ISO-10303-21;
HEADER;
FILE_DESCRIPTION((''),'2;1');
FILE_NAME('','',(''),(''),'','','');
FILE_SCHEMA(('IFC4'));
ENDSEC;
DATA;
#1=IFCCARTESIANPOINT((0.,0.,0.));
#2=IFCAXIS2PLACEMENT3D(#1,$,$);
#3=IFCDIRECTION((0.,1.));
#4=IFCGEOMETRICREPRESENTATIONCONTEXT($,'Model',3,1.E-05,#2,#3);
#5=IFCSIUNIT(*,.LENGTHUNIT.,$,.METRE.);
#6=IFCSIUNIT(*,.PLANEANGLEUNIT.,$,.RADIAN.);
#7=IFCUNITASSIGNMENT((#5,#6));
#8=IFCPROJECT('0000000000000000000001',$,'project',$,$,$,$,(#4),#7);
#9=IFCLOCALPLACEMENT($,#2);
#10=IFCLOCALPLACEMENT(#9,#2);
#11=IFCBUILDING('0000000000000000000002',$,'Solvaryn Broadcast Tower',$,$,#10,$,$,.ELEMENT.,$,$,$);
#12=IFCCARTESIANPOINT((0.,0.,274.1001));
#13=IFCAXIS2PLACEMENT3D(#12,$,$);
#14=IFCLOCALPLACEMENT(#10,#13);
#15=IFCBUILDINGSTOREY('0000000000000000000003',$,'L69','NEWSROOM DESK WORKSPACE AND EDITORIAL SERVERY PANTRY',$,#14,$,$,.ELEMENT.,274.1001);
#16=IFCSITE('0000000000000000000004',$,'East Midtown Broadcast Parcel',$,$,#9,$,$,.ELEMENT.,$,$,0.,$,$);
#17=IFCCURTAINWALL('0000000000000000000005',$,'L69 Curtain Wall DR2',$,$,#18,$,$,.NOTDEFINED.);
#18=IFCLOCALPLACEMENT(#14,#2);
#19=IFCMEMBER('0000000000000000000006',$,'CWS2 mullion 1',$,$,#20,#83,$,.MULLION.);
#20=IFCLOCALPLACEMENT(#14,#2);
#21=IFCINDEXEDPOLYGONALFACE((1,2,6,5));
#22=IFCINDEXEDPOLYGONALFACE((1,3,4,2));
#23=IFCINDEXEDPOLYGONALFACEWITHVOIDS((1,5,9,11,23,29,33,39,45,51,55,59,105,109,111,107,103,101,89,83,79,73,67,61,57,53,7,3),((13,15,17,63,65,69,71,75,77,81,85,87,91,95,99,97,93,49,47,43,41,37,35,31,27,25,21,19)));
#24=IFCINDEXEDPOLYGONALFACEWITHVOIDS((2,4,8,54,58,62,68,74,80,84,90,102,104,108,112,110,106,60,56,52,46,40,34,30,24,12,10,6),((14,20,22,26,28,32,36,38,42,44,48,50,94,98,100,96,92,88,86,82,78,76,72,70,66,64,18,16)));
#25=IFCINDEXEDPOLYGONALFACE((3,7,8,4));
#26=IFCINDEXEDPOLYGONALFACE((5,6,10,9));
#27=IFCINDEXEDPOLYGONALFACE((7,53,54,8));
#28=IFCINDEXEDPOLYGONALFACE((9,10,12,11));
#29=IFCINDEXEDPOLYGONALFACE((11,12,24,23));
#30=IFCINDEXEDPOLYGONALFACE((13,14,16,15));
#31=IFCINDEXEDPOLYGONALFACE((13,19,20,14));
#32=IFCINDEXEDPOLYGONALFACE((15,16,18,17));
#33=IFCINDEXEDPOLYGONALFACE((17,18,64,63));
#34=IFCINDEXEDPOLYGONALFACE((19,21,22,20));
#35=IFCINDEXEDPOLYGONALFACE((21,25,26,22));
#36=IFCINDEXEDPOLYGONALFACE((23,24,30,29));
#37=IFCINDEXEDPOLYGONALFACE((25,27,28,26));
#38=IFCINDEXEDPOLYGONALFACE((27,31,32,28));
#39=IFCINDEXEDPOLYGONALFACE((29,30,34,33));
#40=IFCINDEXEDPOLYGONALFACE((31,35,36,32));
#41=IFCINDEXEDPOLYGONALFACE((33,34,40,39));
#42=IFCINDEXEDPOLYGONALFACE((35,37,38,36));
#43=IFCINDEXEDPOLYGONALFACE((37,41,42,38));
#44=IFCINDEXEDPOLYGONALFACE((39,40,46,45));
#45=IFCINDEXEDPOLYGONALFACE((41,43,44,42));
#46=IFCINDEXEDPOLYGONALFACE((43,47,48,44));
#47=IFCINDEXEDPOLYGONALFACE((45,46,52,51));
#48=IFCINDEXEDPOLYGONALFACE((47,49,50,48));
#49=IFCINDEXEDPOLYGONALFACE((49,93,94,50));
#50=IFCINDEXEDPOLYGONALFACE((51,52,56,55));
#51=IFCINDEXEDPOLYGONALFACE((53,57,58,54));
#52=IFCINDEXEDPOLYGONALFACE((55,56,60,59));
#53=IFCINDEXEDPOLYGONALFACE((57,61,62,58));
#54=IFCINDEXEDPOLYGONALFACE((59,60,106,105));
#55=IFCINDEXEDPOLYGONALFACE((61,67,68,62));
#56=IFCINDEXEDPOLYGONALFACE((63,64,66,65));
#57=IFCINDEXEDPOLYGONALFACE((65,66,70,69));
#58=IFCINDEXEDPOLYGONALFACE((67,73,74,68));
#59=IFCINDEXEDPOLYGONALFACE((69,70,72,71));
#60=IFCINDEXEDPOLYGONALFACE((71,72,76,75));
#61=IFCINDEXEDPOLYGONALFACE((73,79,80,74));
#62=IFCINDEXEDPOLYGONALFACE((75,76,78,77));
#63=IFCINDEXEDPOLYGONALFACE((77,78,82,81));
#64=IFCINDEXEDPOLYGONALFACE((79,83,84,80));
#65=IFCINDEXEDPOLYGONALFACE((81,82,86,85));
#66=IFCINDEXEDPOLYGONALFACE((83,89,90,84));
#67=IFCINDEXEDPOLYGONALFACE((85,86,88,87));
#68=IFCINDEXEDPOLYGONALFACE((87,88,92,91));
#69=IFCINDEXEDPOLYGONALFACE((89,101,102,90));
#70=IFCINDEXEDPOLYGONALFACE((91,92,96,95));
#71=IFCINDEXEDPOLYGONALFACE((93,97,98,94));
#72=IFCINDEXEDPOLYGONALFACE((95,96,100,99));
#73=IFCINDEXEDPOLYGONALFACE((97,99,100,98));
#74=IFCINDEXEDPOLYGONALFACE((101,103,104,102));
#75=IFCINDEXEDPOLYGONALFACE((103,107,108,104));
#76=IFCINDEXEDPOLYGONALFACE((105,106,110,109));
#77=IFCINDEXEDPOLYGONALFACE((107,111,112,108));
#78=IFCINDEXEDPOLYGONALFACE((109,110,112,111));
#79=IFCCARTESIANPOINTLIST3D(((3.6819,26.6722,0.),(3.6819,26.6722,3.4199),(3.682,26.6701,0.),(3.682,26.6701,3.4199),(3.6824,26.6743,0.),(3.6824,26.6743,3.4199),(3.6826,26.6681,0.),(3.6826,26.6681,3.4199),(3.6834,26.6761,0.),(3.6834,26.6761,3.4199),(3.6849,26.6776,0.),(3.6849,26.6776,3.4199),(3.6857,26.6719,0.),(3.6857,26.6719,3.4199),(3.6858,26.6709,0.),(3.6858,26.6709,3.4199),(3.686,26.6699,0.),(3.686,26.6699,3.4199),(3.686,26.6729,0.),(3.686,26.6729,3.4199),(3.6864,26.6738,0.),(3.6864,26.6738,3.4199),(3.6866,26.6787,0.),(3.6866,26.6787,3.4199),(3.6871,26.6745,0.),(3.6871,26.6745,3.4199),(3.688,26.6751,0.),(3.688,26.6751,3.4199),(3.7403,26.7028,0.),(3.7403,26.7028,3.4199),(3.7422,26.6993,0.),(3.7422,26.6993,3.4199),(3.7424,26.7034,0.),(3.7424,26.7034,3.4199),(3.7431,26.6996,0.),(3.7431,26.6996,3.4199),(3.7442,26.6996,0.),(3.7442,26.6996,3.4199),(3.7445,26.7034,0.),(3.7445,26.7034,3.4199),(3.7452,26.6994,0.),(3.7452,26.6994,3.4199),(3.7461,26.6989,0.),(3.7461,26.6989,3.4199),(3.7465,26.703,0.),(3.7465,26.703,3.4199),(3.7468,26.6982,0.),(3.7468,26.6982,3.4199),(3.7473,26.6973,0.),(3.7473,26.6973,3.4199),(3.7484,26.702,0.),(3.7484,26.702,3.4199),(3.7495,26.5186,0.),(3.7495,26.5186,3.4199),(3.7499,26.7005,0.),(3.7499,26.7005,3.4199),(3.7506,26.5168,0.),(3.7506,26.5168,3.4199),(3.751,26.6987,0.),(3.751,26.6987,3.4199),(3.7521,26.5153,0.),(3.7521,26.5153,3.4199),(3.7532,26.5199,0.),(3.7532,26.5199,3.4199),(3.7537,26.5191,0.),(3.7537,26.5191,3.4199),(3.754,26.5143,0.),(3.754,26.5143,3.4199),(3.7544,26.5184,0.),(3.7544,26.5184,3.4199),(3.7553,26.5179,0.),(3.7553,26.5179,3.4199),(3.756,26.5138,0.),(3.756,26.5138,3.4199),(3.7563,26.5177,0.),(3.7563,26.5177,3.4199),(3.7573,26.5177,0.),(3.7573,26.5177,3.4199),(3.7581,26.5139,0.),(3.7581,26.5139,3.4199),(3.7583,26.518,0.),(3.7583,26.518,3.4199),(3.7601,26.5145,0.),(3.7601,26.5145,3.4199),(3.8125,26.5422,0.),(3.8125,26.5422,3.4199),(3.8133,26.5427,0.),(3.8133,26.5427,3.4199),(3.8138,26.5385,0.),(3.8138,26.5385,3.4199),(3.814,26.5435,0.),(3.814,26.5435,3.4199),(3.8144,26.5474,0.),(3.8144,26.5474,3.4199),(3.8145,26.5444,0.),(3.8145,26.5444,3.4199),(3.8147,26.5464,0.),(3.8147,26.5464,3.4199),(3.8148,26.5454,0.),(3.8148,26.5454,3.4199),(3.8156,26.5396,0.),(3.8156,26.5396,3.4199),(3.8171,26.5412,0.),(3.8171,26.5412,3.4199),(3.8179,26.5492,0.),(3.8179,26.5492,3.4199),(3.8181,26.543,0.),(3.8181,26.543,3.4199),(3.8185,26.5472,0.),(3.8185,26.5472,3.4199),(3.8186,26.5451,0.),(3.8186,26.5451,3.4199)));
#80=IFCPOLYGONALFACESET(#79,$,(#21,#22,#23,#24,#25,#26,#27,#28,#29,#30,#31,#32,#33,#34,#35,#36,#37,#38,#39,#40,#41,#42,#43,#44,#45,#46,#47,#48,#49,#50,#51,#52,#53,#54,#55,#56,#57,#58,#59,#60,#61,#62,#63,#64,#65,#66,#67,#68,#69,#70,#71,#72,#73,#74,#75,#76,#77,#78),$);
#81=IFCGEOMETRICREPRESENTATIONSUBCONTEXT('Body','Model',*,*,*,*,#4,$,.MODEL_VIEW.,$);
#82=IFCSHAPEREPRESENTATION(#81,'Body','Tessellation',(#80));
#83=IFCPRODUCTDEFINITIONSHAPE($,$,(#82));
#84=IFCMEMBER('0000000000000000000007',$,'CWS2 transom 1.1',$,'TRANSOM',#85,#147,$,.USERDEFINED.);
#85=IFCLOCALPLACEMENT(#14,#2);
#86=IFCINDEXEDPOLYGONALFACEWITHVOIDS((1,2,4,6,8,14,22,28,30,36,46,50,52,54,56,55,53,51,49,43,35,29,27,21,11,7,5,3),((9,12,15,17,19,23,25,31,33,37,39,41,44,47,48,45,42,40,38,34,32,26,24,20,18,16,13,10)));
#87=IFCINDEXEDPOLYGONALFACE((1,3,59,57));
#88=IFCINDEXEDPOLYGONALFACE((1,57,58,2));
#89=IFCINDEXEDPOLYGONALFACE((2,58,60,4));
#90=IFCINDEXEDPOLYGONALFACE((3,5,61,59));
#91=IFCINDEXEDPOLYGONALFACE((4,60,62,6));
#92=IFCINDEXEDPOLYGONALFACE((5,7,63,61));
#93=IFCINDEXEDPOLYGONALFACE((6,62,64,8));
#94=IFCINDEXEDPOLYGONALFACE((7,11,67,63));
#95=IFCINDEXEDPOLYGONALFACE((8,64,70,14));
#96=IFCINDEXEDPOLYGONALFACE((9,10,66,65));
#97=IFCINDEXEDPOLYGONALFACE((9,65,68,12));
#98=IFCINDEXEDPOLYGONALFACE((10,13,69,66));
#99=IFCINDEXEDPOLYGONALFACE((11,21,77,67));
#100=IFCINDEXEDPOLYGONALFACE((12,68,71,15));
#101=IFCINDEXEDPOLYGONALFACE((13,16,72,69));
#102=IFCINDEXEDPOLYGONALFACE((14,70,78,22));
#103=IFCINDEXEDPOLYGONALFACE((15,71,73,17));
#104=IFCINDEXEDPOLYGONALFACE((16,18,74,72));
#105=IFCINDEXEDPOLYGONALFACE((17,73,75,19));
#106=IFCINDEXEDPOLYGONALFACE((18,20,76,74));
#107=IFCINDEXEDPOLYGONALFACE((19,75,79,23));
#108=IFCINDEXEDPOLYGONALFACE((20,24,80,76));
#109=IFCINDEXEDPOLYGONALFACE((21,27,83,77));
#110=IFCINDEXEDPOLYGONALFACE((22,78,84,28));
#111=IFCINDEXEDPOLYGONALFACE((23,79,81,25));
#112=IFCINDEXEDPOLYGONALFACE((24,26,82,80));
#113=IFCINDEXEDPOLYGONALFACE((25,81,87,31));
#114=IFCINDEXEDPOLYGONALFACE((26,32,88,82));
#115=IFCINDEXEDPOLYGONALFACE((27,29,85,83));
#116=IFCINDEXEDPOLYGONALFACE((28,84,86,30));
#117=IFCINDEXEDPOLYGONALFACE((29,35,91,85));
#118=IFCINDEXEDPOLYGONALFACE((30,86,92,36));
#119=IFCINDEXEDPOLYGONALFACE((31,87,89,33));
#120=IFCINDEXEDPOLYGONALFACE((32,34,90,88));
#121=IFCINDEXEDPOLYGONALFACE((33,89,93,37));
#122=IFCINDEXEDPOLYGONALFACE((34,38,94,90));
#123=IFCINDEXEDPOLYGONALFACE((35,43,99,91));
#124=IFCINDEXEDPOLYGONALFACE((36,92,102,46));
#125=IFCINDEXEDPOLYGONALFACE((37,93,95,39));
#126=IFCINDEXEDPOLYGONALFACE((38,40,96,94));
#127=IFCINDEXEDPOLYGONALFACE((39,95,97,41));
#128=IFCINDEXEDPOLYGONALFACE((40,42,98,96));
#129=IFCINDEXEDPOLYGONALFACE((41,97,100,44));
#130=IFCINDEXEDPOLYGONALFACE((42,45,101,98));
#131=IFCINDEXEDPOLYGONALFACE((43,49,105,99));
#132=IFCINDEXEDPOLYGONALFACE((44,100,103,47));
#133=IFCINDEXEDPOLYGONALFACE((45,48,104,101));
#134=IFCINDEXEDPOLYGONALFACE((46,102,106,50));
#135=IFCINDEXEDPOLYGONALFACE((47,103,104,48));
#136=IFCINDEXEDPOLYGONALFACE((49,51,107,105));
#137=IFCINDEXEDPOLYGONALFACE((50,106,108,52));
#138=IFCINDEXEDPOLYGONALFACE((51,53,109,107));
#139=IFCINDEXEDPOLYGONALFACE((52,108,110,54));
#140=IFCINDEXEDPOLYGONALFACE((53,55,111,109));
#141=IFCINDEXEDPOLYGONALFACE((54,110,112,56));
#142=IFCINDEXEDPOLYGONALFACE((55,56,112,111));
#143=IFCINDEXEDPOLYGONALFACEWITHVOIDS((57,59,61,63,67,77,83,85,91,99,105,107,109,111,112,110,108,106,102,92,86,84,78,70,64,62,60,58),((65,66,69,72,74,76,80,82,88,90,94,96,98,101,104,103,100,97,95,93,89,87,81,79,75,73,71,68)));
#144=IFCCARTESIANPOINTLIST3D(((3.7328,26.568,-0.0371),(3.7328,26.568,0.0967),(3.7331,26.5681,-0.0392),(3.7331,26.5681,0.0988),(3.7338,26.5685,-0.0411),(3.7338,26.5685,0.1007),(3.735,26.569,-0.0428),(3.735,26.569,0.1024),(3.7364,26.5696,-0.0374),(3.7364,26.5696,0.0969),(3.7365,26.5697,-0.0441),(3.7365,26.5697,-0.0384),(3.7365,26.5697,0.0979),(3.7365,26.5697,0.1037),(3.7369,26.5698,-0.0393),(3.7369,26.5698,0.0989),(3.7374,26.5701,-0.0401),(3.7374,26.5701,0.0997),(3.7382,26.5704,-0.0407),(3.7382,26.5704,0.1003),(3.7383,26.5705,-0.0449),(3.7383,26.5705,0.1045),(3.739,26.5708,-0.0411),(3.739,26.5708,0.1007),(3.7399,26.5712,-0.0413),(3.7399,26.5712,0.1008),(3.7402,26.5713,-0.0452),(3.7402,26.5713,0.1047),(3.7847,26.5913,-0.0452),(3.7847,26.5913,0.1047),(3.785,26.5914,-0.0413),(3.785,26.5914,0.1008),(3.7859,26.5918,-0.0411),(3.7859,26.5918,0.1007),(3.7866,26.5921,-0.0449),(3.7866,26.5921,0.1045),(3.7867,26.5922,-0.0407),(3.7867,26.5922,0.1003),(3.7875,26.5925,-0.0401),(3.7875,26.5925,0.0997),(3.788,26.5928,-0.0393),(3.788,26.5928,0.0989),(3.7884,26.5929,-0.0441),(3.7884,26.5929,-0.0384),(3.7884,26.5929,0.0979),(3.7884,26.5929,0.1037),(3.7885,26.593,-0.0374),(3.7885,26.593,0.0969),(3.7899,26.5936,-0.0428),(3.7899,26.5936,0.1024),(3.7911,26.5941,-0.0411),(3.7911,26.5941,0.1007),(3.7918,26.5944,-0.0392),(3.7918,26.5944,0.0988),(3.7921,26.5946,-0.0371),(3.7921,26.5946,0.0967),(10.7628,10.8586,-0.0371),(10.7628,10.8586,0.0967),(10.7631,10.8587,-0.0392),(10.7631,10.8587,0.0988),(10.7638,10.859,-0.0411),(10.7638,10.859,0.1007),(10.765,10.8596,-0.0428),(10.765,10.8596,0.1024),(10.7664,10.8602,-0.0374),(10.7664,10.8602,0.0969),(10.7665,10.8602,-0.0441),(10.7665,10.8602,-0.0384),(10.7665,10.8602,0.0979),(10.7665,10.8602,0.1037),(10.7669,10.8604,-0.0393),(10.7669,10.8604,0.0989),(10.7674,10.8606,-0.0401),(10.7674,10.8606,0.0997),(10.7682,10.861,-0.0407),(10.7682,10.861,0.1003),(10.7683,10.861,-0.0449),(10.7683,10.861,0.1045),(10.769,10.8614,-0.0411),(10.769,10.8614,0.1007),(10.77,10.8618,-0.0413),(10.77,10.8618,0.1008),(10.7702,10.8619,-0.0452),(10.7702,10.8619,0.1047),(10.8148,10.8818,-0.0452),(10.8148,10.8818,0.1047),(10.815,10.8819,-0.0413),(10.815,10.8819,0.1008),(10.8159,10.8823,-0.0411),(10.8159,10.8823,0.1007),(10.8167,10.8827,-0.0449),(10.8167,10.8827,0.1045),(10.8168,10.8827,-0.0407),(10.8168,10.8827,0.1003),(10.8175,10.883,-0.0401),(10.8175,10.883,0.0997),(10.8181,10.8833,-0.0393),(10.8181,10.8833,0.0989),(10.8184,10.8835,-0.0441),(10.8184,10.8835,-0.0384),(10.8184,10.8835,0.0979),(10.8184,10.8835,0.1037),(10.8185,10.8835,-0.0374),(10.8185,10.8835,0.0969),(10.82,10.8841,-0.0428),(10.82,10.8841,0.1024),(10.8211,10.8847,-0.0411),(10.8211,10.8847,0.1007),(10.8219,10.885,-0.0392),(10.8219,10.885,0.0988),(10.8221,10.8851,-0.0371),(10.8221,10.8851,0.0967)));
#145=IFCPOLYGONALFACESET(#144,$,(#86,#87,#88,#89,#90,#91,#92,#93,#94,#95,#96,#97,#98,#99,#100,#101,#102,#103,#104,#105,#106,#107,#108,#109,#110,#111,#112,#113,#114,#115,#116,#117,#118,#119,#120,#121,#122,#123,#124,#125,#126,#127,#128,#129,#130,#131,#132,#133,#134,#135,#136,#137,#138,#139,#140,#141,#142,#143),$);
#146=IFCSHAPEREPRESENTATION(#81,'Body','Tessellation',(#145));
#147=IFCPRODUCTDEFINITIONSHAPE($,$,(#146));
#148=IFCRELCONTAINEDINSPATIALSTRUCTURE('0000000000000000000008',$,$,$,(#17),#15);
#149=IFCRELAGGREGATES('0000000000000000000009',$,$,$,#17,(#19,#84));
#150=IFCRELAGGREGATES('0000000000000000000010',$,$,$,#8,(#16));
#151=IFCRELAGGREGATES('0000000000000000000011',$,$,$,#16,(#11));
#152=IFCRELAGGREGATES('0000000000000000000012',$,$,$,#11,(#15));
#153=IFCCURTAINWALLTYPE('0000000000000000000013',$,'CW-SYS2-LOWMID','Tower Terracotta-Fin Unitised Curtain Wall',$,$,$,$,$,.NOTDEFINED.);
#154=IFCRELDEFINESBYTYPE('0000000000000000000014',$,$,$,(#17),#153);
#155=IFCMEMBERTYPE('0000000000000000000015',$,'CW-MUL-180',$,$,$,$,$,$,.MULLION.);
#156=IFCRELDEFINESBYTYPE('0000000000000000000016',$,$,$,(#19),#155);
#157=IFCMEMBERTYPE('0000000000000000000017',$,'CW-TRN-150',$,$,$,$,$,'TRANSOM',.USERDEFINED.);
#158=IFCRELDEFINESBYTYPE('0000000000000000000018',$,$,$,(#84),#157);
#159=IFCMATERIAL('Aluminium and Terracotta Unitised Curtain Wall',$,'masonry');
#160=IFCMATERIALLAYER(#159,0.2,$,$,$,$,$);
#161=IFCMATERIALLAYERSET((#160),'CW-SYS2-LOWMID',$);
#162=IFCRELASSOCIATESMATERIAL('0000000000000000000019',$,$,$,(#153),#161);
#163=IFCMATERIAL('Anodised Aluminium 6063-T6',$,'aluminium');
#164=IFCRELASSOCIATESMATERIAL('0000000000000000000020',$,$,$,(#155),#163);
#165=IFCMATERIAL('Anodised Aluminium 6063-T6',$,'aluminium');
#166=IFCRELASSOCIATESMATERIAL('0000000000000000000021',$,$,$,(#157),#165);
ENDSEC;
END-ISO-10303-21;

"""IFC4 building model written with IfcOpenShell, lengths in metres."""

from ifc_helpers import new_model, si_unit, direction, frame, origin, origin_2d, place, context, subcontext, project, spatial, hollow_rectangle, extrude, material, layer, layer_set, material_profile, profile_set, type_object, element, aggregate, save


model = new_model("IFC4")

# Units and contexts
model_context = context("Model", 3, precision=1e-05, world=origin(), true_north=direction((0.0, 1.0)))
body_context = subcontext(model_context, "Body", "Model", "MODEL_VIEW")
ifc_project = project(units=[si_unit("LENGTHUNIT", "METRE"), si_unit("PLANEANGLEUNIT", "RADIAN")], contexts=[model_context])

# Site, building, storey
site_placement = place(None, origin())
site = spatial("IfcSite", under=ifc_project, at=site_placement, Name="East Midtown Broadcast Parcel", CompositionType="ELEMENT", RefElevation=0.0)
building_placement = place(site_placement, origin())
building = spatial("IfcBuilding", under=site, at=building_placement, Name="Solvaryn Broadcast Tower", CompositionType="ELEMENT")
storey_placement = place(building_placement, frame((0.0, 0.0, 274.1001)))
storey = spatial("IfcBuildingStorey", under=building, at=storey_placement, Name="L69", Description="NEWSROOM DESK WORKSPACE AND EDITORIAL SERVERY PANTRY", CompositionType="ELEMENT", Elevation=274.1001)

# Shared definitions
ifc_material_1 = material(Name="Aluminium and Terracotta Unitised Curtain Wall", Category="masonry")
ifc_layer_1 = layer(ifc_material_1, 0.2)
ifc_layer_set_1 = layer_set([ifc_layer_1], Name="CW-SYS2-LOWMID")
curtain_wall_type = type_object("IfcCurtainWallType", Name="CW-SYS2-LOWMID", Description="Tower Terracotta-Fin Unitised Curtain Wall", PredefinedType="NOTDEFINED", material=ifc_layer_set_1)
ifc_material_2 = material(Name="Anodised Aluminium 6063-T6", Category="aluminium")
ifc_material_profile_1 = material_profile(ifc_material_2, hollow_rectangle(XDim=0.075, YDim=0.1799, WallThickness=0.0039, InnerFilletRadius=0.0039, OuterFilletRadius=0.0081, at=origin_2d()))
ifc_profile_set_1 = profile_set([ifc_material_profile_1], Name="Anodised Aluminium 6063-T6")
member_type_1 = type_object("IfcMemberType", Name="CW-MUL-180", PredefinedType="MULLION", material=ifc_profile_set_1)

# Curtain wall, members
curtain_wall_1_placement = place(storey_placement, origin())
curtain_wall_1 = element("IfcCurtainWall", 1, at=curtain_wall_1_placement, inside=storey, type_object=curtain_wall_type, Name="L69 Curtain Wall DR2", PredefinedType="NOTDEFINED")
member_1_placement = place(storey_placement, frame((3.7502, 26.6086, 0.0), z_axis=(0.0, 0.0, 1.0), x_axis=(0.912774, 0.408466, 0.0)))
member_1 = element("IfcMember", 2, at=member_1_placement, type_object=member_type_1, Name="CWS2 mullion 1", PredefinedType="MULLION", context=body_context, shape_type="SweptSolid", body=[
    extrude(hollow_rectangle(XDim=0.075, YDim=0.1799, WallThickness=0.0039, InnerFilletRadius=0.0039, OuterFilletRadius=0.0081, at=origin_2d()), origin(), (0.0, 0.0, 1.0), 3.4199),
])
ifc_material_3 = material(Name="Anodised Aluminium 6063-T6", Category="aluminium")
ifc_material_profile_2 = material_profile(ifc_material_3, hollow_rectangle(XDim=0.0649, YDim=0.1499, WallThickness=0.0039, InnerFilletRadius=0.0039, OuterFilletRadius=0.0081, at=origin_2d()))
ifc_profile_set_2 = profile_set([ifc_material_profile_2], Name="Anodised Aluminium 6063-T6")
member_type_2 = type_object("IfcMemberType", Name="CW-TRN-150", ElementType="TRANSOM", PredefinedType="USERDEFINED", material=ifc_profile_set_2)
member_2_placement = place(storey_placement, frame((3.7625, 26.5813, 0.0298), z_axis=(0.408468, -0.912773, 0.0), x_axis=(0.912773, 0.408468, 0.0)))
member_2 = element("IfcMember", 3, at=member_2_placement, type_object=member_type_2, Name="CWS2 transom 1.1", ObjectType="TRANSOM", PredefinedType="USERDEFINED", context=body_context, shape_type="SweptSolid", body=[
    extrude(hollow_rectangle(XDim=0.0649, YDim=0.1499, WallThickness=0.0039, InnerFilletRadius=0.0039, OuterFilletRadius=0.0081, at=origin_2d()), origin(), (0.0, 0.0, 1.0), 17.2107),
])
aggregate(curtain_wall_1, [member_1, member_2])

save(model, "model.ifc")
